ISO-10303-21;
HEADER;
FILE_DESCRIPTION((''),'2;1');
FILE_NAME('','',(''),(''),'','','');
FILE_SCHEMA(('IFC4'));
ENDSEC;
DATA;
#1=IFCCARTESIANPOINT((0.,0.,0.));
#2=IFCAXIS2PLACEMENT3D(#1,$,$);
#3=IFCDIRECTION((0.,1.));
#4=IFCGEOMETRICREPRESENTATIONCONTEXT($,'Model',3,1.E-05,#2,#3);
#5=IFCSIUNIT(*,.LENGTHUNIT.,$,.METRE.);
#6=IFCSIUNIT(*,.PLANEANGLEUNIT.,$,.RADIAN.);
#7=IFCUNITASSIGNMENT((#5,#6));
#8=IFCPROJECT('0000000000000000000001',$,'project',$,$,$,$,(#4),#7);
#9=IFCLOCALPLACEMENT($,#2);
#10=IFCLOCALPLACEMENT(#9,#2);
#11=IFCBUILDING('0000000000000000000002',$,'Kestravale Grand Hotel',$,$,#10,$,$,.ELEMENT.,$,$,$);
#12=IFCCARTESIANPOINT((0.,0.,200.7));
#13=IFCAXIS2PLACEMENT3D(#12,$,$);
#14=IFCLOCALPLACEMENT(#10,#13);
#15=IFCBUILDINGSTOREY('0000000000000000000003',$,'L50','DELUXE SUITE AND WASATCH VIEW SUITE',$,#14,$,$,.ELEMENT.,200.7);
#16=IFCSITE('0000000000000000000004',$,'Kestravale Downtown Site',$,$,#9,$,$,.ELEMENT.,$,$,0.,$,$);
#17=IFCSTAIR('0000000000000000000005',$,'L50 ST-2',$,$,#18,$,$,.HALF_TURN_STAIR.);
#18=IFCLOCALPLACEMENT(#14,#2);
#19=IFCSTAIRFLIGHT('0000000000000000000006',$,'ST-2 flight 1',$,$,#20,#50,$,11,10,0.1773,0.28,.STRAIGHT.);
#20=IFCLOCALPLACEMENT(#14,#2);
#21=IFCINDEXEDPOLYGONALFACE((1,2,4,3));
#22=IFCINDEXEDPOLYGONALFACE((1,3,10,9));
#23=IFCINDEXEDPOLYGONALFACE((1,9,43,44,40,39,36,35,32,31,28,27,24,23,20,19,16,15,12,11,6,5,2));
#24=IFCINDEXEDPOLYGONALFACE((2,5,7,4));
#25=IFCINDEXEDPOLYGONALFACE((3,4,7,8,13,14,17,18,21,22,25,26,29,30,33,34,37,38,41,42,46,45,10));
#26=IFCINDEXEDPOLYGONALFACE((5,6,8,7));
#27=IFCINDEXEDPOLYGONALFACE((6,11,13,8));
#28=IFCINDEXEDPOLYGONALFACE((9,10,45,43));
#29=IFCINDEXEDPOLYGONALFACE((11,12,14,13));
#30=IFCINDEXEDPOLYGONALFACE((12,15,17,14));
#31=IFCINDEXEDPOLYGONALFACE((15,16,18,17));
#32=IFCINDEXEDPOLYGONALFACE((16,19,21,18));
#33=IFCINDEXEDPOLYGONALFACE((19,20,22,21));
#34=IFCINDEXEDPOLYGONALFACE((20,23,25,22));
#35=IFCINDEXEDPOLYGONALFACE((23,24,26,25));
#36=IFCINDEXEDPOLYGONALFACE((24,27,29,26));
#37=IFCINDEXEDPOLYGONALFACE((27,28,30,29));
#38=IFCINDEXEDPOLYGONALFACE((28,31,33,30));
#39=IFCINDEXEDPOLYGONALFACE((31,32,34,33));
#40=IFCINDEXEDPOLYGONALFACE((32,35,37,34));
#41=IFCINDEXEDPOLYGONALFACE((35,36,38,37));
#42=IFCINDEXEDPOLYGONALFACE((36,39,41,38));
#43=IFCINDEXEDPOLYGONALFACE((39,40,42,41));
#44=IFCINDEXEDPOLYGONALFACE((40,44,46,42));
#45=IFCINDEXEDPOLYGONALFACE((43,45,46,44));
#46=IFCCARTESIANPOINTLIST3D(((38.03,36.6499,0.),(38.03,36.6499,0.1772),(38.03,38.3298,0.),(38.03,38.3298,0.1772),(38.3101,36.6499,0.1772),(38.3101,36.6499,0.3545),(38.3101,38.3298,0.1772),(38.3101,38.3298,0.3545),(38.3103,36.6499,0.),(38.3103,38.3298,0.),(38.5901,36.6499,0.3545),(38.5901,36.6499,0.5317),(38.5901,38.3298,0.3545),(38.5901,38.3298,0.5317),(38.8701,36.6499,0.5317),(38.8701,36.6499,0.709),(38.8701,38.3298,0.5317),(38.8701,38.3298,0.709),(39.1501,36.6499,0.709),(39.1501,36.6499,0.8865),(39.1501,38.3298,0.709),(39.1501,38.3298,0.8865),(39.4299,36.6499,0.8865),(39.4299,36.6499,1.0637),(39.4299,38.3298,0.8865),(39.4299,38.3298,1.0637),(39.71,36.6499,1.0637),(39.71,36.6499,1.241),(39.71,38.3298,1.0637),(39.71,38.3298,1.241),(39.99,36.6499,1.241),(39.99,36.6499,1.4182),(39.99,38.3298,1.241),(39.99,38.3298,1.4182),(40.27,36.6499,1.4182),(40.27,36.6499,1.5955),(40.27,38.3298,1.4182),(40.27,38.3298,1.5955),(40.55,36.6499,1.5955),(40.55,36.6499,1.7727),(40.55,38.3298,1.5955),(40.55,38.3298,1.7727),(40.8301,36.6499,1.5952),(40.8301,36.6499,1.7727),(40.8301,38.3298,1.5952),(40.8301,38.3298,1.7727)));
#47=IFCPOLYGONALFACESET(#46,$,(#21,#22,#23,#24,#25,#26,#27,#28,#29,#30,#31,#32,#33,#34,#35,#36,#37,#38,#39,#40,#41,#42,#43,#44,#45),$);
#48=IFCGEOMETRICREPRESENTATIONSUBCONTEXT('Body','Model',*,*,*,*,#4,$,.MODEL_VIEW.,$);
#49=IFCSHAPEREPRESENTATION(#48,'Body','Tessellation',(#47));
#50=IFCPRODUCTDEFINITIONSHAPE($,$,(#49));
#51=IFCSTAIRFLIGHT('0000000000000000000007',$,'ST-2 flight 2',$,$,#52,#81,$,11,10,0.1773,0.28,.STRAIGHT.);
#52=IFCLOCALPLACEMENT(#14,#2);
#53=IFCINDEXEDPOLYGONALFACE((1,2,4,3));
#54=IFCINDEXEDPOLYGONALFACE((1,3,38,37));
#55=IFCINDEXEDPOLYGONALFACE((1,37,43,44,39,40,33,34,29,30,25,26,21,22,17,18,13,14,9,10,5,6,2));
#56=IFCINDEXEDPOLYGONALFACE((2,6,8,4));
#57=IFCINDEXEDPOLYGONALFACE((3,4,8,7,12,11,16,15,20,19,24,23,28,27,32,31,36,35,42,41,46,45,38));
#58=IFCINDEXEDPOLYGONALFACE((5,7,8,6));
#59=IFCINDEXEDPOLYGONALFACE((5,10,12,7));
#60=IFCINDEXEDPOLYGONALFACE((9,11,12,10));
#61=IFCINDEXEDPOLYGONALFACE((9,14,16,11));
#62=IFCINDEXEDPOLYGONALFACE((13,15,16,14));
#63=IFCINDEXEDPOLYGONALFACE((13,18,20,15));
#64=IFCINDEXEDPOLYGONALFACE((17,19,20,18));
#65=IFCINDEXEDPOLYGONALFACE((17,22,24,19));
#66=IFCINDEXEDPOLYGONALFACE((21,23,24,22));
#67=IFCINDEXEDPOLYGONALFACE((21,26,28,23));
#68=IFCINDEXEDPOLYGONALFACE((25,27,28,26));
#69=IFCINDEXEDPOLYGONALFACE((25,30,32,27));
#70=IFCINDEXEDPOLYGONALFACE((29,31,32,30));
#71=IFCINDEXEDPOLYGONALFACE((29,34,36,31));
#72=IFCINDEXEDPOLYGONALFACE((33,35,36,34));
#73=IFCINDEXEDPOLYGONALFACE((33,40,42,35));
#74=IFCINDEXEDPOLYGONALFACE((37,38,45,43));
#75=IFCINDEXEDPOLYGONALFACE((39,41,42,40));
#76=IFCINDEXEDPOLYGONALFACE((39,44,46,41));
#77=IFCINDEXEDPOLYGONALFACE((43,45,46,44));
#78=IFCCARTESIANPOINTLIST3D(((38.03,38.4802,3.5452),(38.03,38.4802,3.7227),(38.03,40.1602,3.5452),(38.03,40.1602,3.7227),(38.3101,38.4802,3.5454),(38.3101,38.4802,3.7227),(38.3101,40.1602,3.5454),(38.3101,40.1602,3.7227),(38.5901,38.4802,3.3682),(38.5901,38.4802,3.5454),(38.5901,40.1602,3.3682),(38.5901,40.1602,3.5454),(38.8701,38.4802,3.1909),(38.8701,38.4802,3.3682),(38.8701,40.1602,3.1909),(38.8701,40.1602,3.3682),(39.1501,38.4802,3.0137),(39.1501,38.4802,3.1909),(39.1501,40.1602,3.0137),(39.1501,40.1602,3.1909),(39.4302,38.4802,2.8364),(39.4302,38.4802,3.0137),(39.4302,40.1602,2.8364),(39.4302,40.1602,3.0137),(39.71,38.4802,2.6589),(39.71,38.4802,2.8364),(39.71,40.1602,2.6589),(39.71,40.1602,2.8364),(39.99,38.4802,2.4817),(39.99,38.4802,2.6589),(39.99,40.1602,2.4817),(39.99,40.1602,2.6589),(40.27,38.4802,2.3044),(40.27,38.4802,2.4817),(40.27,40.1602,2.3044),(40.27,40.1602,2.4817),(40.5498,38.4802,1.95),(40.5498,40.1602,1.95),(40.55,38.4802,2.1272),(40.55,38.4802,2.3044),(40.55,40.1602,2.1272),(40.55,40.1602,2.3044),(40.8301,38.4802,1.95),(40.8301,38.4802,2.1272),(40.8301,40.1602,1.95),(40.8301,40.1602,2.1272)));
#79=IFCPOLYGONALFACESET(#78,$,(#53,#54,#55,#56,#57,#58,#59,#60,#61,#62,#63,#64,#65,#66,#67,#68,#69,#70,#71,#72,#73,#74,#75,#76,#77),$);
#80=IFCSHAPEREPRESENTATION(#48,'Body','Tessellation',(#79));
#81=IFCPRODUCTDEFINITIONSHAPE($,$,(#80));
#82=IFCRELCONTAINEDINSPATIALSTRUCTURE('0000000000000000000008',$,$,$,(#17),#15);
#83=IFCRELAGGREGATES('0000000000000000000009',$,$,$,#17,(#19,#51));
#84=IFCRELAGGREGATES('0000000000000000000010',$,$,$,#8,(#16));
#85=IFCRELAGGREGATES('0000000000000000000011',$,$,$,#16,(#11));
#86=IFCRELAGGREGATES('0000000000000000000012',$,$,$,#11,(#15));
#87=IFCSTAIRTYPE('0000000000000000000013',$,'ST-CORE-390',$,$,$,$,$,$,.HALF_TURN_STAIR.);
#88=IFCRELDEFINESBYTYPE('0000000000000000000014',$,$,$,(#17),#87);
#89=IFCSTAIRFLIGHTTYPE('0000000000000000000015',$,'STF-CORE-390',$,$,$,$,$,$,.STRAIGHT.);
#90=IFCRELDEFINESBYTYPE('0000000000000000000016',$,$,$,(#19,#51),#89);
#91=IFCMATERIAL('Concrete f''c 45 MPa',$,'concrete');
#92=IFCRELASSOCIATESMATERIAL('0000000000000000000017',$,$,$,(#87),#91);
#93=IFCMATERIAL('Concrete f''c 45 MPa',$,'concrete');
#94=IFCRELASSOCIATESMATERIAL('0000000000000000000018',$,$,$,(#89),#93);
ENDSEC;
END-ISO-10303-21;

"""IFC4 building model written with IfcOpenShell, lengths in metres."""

from ifc_helpers import new_model, si_unit, direction, frame, origin, place, context, subcontext, project, spatial, polyline, outline, extrude, material, type_object, element, aggregate, save


model = new_model("IFC4")

# Units and contexts
model_context = context("Model", 3, precision=1e-05, world=origin(), true_north=direction((0.0, 1.0)))
body_context = subcontext(model_context, "Body", "Model", "MODEL_VIEW")
ifc_project = project(units=[si_unit("LENGTHUNIT", "METRE"), si_unit("PLANEANGLEUNIT", "RADIAN")], contexts=[model_context])

# Site, building, storey
site_placement = place(None, origin())
site = spatial("IfcSite", under=ifc_project, at=site_placement, Name="Kestravale Downtown Site", CompositionType="ELEMENT", RefElevation=0.0)
building_placement = place(site_placement, origin())
building = spatial("IfcBuilding", under=site, at=building_placement, Name="Kestravale Grand Hotel", CompositionType="ELEMENT")
storey_placement = place(building_placement, frame((0.0, 0.0, 200.7)))
storey = spatial("IfcBuildingStorey", under=building, at=storey_placement, Name="L50", Description="DELUXE SUITE AND WASATCH VIEW SUITE", CompositionType="ELEMENT", Elevation=200.7)

# Stair, stair flights
ifc_material_1 = material(Name="Concrete f'c 45 MPa", Category="concrete")
stair_type = type_object("IfcStairType", Name="ST-CORE-390", PredefinedType="HALF_TURN_STAIR", material=ifc_material_1)
stair_placement = place(storey_placement, origin())
stair = element("IfcStair", 1, at=stair_placement, inside=storey, type_object=stair_type, Name="L50 ST-2", PredefinedType="HALF_TURN_STAIR")
ifc_material_2 = material(Name="Concrete f'c 45 MPa", Category="concrete")
stair_flight_type = type_object("IfcStairFlightType", Name="STF-CORE-390", PredefinedType="STRAIGHT", material=ifc_material_2)
stair_flight_1_placement = place(storey_placement, frame((38.03, 37.49, 0.0), z_axis=(0.0, 0.0, 1.0), x_axis=(1.0, 0.0, 0.0)))
stair_flight_1 = element("IfcStairFlight", 2, at=stair_flight_1_placement, type_object=stair_flight_type, Name="ST-2 flight 1", NumberOfRisers=11, NumberOfTreads=10, PredefinedType="STRAIGHT", RiserHeight=0.1773, TreadLength=0.28, context=body_context, shape_type="SweptSolid", body=[
    extrude(outline(polyline([(0.0, 0.0), (0.0, 0.1772), (0.28, 0.1772), (0.28, 0.3545), (0.5601, 0.3545), (0.5601, 0.5317), (0.8401, 0.5317), (0.8401, 0.709), (1.1201, 0.709), (1.1201, 0.8865), (1.3999, 0.8865), (1.3999, 1.0637), (1.6799, 1.0637), (1.6799, 1.241), (1.96, 1.241), (1.96, 1.4182), (2.24, 1.4182), (2.24, 1.5955), (2.52, 1.5955), (2.52, 1.7727), (2.8, 1.7727), (2.8, 1.95), (2.8, 1.5952), (0.2803, 0.0), (0.0, 0.0)])), frame((0.0, 0.8398, 0.0), z_axis=(0.0, -1.0, 0.0), x_axis=(1.0, 0.0, 0.0)), (0.0, 0.0, 1.0), 1.6799),
])
stair_flight_2_placement = place(storey_placement, frame((40.8301, 39.3201, 1.95), z_axis=(0.0, 0.0, 1.0), x_axis=(-1.0, 0.0, 0.0)))
stair_flight_2 = element("IfcStairFlight", 3, at=stair_flight_2_placement, type_object=stair_flight_type, Name="ST-2 flight 2", NumberOfRisers=11, NumberOfTreads=10, PredefinedType="STRAIGHT", RiserHeight=0.1773, TreadLength=0.28, context=body_context, shape_type="SweptSolid", body=[
    extrude(outline(polyline([(0.0, 0.0), (0.0, 0.1772), (0.28, 0.1772), (0.28, 0.3545), (0.5601, 0.3545), (0.5601, 0.5317), (0.8401, 0.5317), (0.8401, 0.709), (1.1201, 0.709), (1.1201, 0.8865), (1.3999, 0.8865), (1.3999, 1.0637), (1.6799, 1.0637), (1.6799, 1.241), (1.96, 1.241), (1.96, 1.4182), (2.24, 1.4182), (2.24, 1.5955), (2.52, 1.5955), (2.52, 1.7727), (2.8, 1.7727), (2.8, 1.95), (2.8, 1.5952), (0.2803, 0.0), (0.0, 0.0)])), frame((0.0, 0.8398, 0.0), z_axis=(0.0, -1.0, 0.0), x_axis=(1.0, 0.0, 0.0)), (0.0, 0.0, 1.0), 1.6799),
])
aggregate(stair, [stair_flight_1, stair_flight_2])

save(model, "model.ifc")
